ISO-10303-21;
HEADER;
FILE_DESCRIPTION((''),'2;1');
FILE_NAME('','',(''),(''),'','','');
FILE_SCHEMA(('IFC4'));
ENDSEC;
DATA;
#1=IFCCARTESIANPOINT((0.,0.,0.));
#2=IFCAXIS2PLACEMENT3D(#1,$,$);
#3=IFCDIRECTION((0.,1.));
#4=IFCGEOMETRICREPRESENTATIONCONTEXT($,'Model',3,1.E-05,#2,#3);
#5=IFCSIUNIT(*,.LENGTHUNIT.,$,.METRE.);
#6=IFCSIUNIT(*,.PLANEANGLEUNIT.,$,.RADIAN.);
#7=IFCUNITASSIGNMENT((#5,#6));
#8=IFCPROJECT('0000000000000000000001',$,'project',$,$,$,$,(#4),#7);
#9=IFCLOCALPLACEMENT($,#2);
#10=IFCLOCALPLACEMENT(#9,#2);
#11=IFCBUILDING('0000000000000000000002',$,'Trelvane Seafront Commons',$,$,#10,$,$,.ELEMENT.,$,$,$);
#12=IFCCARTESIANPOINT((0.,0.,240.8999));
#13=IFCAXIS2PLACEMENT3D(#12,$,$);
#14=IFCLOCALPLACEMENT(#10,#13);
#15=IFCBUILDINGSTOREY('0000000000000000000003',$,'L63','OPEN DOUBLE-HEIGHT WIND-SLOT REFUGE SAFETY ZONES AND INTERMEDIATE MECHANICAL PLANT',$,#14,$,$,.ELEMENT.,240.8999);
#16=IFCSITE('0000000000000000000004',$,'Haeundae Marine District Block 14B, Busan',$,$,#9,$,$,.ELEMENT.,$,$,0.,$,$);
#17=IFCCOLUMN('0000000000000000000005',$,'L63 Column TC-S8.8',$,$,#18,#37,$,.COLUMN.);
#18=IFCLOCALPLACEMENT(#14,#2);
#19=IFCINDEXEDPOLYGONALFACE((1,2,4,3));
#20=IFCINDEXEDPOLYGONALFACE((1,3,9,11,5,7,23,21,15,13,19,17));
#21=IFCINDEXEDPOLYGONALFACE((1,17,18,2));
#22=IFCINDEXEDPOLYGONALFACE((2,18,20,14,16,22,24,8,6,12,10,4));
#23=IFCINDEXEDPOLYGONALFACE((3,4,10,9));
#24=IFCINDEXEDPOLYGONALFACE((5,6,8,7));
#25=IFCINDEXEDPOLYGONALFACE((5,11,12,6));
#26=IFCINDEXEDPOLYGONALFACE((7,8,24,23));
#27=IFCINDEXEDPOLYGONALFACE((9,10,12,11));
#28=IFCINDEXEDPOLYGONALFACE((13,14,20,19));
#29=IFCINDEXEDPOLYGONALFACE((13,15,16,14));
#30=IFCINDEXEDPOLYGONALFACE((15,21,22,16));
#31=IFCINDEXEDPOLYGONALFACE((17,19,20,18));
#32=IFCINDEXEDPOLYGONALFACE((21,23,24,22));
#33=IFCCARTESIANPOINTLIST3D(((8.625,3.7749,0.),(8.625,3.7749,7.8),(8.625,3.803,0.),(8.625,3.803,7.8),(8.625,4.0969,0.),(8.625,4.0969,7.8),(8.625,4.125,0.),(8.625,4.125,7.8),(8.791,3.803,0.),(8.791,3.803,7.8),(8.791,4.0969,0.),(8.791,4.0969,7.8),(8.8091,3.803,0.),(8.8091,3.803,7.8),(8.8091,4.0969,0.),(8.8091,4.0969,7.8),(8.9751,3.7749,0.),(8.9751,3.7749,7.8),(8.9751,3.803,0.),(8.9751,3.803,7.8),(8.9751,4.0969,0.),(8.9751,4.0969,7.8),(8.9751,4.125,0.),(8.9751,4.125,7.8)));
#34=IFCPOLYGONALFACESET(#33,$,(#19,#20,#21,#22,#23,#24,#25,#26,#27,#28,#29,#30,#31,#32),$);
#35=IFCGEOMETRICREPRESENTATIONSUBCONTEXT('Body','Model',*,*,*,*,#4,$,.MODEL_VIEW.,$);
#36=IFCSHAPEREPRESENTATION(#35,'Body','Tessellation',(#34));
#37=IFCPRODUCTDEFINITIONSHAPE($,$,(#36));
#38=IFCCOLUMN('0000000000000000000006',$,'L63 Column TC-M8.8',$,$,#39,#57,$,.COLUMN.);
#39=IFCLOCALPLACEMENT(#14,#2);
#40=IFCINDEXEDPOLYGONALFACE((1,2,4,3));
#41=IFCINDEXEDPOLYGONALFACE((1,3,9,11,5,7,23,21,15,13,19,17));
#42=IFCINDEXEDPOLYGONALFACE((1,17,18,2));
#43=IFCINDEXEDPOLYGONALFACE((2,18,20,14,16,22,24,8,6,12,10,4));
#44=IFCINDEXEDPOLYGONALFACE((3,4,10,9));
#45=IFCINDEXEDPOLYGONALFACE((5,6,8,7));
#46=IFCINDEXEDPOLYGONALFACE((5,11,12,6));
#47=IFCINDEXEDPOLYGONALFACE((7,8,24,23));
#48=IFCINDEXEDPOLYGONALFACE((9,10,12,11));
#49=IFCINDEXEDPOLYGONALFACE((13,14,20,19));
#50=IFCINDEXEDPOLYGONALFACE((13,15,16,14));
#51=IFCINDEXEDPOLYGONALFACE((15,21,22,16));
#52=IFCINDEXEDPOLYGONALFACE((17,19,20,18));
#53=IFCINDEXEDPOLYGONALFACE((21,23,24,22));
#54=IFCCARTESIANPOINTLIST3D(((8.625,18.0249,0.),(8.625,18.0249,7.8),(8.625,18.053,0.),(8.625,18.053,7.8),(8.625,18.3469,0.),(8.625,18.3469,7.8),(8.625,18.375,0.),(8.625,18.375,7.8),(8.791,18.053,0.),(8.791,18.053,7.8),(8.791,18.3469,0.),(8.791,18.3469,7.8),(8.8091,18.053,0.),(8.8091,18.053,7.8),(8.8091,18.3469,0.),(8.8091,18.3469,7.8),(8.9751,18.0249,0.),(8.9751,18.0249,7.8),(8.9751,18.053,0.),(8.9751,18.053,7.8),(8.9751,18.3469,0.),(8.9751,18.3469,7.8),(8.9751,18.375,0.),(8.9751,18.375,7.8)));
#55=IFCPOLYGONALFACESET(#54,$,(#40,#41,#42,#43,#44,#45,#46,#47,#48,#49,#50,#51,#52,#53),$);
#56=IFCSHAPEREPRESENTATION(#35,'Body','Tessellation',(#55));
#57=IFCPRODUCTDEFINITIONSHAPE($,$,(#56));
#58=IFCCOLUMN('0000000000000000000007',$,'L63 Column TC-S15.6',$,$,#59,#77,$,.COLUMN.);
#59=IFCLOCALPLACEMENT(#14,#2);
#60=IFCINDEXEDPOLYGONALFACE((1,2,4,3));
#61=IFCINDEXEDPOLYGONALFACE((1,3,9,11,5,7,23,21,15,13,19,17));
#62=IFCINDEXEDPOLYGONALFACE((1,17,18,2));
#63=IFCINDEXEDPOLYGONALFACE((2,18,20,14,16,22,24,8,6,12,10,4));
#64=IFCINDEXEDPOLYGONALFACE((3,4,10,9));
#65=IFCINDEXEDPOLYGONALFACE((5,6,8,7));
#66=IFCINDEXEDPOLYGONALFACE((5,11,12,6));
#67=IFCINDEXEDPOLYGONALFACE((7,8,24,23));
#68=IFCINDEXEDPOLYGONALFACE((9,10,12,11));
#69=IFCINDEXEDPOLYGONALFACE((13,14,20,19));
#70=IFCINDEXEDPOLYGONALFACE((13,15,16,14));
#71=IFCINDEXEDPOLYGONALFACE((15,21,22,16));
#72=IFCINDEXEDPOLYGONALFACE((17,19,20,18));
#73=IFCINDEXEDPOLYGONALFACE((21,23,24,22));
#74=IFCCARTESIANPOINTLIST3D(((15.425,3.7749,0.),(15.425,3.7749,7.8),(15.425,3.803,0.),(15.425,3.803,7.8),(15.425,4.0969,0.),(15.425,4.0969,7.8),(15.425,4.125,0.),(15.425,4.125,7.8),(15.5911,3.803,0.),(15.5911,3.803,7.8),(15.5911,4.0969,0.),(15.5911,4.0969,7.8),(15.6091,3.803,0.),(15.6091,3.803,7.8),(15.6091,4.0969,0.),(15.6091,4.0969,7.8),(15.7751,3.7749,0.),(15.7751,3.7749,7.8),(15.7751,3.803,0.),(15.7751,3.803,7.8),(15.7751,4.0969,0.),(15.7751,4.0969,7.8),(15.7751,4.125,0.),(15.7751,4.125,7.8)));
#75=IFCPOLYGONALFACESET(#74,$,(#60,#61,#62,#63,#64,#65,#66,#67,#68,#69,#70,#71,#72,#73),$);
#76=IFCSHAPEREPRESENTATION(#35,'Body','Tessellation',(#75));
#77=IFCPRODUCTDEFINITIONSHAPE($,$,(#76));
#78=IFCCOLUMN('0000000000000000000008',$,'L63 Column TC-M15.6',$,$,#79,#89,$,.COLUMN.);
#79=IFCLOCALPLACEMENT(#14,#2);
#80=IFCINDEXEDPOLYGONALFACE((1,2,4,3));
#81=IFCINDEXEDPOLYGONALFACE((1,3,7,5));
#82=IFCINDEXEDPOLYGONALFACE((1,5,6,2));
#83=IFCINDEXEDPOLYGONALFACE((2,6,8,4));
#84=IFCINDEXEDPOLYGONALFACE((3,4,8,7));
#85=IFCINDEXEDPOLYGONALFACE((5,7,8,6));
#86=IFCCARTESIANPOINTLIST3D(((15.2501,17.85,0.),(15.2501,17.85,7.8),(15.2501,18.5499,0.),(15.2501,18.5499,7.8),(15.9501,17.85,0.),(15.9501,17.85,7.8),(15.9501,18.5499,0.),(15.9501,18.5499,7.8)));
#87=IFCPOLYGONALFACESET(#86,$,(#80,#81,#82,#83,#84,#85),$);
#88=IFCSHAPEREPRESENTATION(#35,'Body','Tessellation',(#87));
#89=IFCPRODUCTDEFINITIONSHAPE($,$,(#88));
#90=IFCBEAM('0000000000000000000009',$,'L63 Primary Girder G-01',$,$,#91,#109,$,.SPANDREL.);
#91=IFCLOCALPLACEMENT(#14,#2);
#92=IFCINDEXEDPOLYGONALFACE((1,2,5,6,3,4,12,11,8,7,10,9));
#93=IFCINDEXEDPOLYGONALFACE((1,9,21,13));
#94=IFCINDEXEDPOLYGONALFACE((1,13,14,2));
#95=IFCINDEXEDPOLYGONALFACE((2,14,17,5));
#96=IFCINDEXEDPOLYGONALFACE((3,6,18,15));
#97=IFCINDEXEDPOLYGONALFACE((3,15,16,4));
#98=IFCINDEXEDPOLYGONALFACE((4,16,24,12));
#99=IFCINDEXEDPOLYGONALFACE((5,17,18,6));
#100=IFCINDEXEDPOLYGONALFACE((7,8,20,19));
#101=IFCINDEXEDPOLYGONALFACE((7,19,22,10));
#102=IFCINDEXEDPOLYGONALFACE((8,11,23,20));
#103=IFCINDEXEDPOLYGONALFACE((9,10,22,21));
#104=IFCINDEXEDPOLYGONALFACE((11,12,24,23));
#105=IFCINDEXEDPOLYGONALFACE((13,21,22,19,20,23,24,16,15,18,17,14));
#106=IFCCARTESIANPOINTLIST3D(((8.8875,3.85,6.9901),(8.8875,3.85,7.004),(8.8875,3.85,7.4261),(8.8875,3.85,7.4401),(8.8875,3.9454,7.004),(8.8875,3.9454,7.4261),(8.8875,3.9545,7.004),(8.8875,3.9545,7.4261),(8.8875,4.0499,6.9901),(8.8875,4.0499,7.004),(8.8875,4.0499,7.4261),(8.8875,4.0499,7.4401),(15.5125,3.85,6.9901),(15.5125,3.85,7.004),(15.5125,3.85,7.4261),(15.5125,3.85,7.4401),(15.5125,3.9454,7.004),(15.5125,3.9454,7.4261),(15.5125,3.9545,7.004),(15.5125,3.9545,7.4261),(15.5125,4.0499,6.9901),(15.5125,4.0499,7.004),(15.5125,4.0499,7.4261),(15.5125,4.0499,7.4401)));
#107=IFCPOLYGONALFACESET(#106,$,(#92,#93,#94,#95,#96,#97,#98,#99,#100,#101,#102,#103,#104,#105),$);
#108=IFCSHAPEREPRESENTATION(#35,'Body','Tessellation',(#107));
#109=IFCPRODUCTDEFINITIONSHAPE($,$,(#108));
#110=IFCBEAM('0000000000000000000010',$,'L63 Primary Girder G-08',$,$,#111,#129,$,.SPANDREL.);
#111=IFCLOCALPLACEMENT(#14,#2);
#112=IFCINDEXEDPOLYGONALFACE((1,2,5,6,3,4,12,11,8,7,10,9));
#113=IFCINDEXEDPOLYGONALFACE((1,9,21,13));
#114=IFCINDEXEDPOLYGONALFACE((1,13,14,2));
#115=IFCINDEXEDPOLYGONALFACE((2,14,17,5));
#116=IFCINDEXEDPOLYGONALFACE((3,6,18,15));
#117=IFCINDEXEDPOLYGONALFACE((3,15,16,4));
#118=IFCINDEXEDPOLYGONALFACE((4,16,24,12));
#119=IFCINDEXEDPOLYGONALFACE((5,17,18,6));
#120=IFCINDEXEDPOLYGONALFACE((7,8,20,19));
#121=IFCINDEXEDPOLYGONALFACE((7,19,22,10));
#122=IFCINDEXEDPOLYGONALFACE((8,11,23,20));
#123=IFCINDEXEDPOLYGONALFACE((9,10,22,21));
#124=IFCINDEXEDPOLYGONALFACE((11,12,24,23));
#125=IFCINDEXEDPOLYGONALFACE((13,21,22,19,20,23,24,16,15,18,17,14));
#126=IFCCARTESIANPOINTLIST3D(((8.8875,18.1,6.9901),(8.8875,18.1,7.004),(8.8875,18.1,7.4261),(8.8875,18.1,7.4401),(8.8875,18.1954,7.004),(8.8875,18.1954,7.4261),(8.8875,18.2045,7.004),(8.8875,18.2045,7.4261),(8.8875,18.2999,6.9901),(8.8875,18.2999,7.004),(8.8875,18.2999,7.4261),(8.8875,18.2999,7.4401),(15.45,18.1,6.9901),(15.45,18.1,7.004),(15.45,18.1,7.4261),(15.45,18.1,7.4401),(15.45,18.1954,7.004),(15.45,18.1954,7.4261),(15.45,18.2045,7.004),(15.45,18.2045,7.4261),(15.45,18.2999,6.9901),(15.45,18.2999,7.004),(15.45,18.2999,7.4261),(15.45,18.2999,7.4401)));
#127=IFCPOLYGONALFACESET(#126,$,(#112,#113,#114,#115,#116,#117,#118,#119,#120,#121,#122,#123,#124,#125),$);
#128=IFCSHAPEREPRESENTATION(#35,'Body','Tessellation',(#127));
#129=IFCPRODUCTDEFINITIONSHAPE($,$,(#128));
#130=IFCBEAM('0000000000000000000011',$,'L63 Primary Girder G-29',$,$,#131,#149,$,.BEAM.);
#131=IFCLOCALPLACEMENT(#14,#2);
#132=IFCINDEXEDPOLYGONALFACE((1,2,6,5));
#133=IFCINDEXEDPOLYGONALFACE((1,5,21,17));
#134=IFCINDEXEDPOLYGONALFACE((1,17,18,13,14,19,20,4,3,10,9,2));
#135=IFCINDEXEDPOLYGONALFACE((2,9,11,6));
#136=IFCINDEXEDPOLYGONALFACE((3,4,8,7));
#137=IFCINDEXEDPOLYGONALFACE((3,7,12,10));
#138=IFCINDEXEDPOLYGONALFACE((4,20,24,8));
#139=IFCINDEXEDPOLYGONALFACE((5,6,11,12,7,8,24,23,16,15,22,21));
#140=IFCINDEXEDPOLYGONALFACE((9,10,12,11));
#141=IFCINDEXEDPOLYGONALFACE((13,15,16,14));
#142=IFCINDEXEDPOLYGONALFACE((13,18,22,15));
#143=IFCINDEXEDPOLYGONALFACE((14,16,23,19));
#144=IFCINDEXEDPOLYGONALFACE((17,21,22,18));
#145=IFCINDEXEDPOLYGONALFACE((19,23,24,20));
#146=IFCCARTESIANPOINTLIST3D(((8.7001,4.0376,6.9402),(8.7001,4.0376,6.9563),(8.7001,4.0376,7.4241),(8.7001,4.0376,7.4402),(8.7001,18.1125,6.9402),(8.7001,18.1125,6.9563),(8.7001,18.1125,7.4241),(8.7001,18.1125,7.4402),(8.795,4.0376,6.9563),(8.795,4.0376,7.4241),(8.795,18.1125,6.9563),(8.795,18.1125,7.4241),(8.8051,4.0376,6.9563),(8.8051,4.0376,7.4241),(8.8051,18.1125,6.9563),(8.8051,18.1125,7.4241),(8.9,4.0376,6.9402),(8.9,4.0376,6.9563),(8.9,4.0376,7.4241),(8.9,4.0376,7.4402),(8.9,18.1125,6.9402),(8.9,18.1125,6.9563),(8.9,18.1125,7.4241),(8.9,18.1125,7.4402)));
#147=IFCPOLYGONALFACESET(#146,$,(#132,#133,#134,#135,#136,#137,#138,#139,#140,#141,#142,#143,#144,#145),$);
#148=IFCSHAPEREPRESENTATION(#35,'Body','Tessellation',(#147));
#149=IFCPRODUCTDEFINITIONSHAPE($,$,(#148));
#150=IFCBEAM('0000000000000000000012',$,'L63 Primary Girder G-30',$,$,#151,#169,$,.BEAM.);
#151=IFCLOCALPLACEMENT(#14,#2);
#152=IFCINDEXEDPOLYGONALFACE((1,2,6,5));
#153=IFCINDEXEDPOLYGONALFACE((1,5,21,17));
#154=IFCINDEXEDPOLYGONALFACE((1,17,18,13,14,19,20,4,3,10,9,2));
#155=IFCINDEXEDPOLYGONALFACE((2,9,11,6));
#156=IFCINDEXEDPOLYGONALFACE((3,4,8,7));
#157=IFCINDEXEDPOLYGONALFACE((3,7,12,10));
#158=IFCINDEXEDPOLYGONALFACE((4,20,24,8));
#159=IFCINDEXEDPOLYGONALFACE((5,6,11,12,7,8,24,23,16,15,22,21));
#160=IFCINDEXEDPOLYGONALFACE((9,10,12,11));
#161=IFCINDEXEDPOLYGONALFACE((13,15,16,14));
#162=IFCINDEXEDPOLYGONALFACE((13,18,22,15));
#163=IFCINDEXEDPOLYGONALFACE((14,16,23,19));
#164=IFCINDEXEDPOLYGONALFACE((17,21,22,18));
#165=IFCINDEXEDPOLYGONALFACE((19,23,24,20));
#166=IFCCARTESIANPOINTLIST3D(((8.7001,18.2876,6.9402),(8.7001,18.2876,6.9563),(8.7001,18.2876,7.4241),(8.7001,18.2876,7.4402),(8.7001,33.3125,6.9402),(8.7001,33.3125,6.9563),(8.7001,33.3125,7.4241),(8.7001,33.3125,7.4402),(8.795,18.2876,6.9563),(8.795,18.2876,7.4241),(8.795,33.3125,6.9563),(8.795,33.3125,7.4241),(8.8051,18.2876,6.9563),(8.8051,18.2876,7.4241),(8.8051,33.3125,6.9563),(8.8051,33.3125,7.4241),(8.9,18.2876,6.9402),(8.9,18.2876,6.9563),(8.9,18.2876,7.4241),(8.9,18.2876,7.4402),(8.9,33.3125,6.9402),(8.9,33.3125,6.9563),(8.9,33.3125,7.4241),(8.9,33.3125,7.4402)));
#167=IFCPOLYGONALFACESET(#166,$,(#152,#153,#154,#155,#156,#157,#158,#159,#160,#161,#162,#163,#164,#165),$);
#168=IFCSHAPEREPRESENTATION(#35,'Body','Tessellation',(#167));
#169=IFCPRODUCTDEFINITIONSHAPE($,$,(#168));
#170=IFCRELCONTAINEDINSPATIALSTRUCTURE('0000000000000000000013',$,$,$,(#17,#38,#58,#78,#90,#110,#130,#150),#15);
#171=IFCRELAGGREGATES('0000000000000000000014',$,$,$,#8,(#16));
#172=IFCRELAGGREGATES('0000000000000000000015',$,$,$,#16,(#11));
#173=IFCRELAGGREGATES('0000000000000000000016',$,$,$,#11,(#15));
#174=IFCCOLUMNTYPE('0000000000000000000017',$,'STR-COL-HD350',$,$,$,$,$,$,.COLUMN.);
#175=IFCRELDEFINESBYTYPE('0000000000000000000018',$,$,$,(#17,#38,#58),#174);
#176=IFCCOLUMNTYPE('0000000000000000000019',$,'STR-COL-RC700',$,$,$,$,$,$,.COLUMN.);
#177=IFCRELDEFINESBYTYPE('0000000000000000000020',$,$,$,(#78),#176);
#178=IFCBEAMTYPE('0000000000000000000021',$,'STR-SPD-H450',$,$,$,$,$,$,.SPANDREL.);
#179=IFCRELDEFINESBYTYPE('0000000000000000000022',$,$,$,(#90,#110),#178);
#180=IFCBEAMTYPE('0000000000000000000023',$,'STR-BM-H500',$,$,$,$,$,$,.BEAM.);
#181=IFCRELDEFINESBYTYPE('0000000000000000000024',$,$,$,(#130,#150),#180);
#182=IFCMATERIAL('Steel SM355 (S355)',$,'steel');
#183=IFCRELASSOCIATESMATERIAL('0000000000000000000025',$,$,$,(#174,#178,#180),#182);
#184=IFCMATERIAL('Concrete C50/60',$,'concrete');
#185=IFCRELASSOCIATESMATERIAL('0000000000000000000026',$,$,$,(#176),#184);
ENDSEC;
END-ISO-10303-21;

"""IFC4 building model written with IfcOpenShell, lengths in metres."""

from ifc_helpers import new_model, si_unit, direction, frame, origin, origin_2d, place, context, subcontext, project, spatial, rectangle, i_section, extrude, source, transform, mapped, material, material_profile, profile_set, type_object, element, save


model = new_model("IFC4")

# Units and contexts
model_context = context("Model", 3, precision=1e-05, world=origin(), true_north=direction((0.0, 1.0)))
body_context = subcontext(model_context, "Body", "Model", "MODEL_VIEW")
ifc_project = project(units=[si_unit("LENGTHUNIT", "METRE"), si_unit("PLANEANGLEUNIT", "RADIAN")], contexts=[model_context])

# Site, building, storey
site_placement = place(None, origin())
site = spatial("IfcSite", under=ifc_project, at=site_placement, Name="Haeundae Marine District Block 14B, Busan", CompositionType="ELEMENT", RefElevation=0.0)
building_placement = place(site_placement, origin())
building = spatial("IfcBuilding", under=site, at=building_placement, Name="Trelvane Seafront Commons", CompositionType="ELEMENT")
storey_placement = place(building_placement, frame((0.0, 0.0, 240.8999)))
storey = spatial("IfcBuildingStorey", under=building, at=storey_placement, Name="L63", Description="OPEN DOUBLE-HEIGHT WIND-SLOT REFUGE SAFETY ZONES AND INTERMEDIATE MECHANICAL PLANT", CompositionType="ELEMENT", Elevation=240.8999)

# Columns
ifc_material_1 = material(Name="Steel SM355 (S355)", Category="steel")
ifc_material_profile_1 = material_profile(ifc_material_1, i_section(OverallWidth=0.3501, OverallDepth=0.3501, WebThickness=0.0181, FlangeThickness=0.0281, at=origin_2d()), Name="HD-350x350x18x28")
ifc_profile_set_1 = profile_set([ifc_material_profile_1], Name="Steel SM355 (S355)")
column_type_1 = type_object("IfcColumnType", Name="STR-COL-HD350", PredefinedType="COLUMN", material=ifc_profile_set_1)
shared_shape_1 = source(origin(), body_context, "Body", "SweptSolid", [
    extrude(i_section(OverallWidth=0.3501, OverallDepth=0.3501, WebThickness=0.0181, FlangeThickness=0.0281, at=origin_2d()), origin(), (0.0, 0.0, 1.0), 7.8),
])
for number, where, z_axis, x_axis, name in (
    (1, (8.8, 3.95, 0.0), (0.0, 0.0, 1.0), (1.0, 0.0, 0.0), "L63 Column TC-S8.8"),
    (2, (8.8, 18.2, 0.0), (0.0, 0.0, 1.0), (1.0, 0.0, 0.0), "L63 Column TC-M8.8"),
    (3, (15.6001, 3.95, 0.0), (0.0, 0.0, 1.0), (1.0, 0.0, 0.0), "L63 Column TC-S15.6"),
):
    element("IfcColumn", number, at=place(storey_placement, frame(where, z_axis=z_axis, x_axis=x_axis)), inside=storey, type_object=column_type_1, Name=name, PredefinedType="COLUMN", context=body_context, shape_type="MappedRepresentation", body=[
        mapped(shared_shape_1, transform((0.0, 0.0, 0.0), x_axis=(1.0, 0.0, 0.0), y_axis=(0.0, 1.0, 0.0), z_axis=(0.0, 0.0, 1.0), scale=1.0)),
    ])
ifc_material_2 = material(Name="Concrete C50/60", Category="concrete")
ifc_material_profile_2 = material_profile(ifc_material_2, rectangle(XDim=0.7, YDim=0.7, at=origin_2d()), Name="RC-700x700")
ifc_profile_set_2 = profile_set([ifc_material_profile_2], Name="Concrete C50/60")
column_type_2 = type_object("IfcColumnType", Name="STR-COL-RC700", PredefinedType="COLUMN", material=ifc_profile_set_2)
shared_shape_2 = source(origin(), body_context, "Body", "SweptSolid", [
    extrude(rectangle(XDim=0.7, YDim=0.7, at=origin_2d()), origin(), (0.0, 0.0, 1.0), 7.8),
])
column_placement = place(storey_placement, frame((15.6001, 18.2, 0.0), z_axis=(0.0, 0.0, 1.0), x_axis=(1.0, 0.0, 0.0)))
element("IfcColumn", 4, at=column_placement, inside=storey, type_object=column_type_2, Name="L63 Column TC-M15.6", PredefinedType="COLUMN", context=body_context, shape_type="MappedRepresentation", body=[
    mapped(shared_shape_2, transform((0.0, 0.0, 0.0), x_axis=(1.0, 0.0, 0.0), y_axis=(0.0, 1.0, 0.0), z_axis=(0.0, 0.0, 1.0), scale=1.0)),
])

# Beams
ifc_material_profile_3 = material_profile(ifc_material_1, i_section(OverallWidth=0.2, OverallDepth=0.45, WebThickness=0.009, FlangeThickness=0.0139, at=origin_2d()), Name="H-450x200x9x14")
ifc_profile_set_3 = profile_set([ifc_material_profile_3], Name="Steel SM355 (S355)")
beam_type_1 = type_object("IfcBeamType", Name="STR-SPD-H450", PredefinedType="SPANDREL", material=ifc_profile_set_3)
shared_shape_3 = source(origin(), body_context, "Body", "SweptSolid", [
    extrude(i_section(OverallWidth=0.2, OverallDepth=0.45, WebThickness=0.009, FlangeThickness=0.0139, at=origin_2d()), origin(), (0.0, 0.0, 1.0), 6.625),
])
beam_1_placement = place(storey_placement, frame((8.8875, 3.95, 7.2151), z_axis=(1.0, 0.0, 0.0), x_axis=(0.0, 1.0, 0.0)))
element("IfcBeam", 5, at=beam_1_placement, inside=storey, type_object=beam_type_1, Name="L63 Primary Girder G-01", PredefinedType="SPANDREL", context=body_context, shape_type="MappedRepresentation", body=[
    mapped(shared_shape_3, transform((0.0, 0.0, 0.0), x_axis=(1.0, 0.0, 0.0), y_axis=(0.0, 1.0, 0.0), z_axis=(0.0, 0.0, 1.0), scale=1.0)),
])
shared_shape_4 = source(origin(), body_context, "Body", "SweptSolid", [
    extrude(i_section(OverallWidth=0.2, OverallDepth=0.45, WebThickness=0.009, FlangeThickness=0.0139, at=origin_2d()), origin(), (0.0, 0.0, 1.0), 6.5625),
])
beam_2_placement = place(storey_placement, frame((8.8875, 18.2, 7.2151), z_axis=(1.0, 0.0, 0.0), x_axis=(0.0, 1.0, 0.0)))
element("IfcBeam", 6, at=beam_2_placement, inside=storey, type_object=beam_type_1, Name="L63 Primary Girder G-08", PredefinedType="SPANDREL", context=body_context, shape_type="MappedRepresentation", body=[
    mapped(shared_shape_4, transform((0.0, 0.0, 0.0), x_axis=(1.0, 0.0, 0.0), y_axis=(0.0, 1.0, 0.0), z_axis=(0.0, 0.0, 1.0), scale=1.0)),
])
ifc_material_profile_4 = material_profile(ifc_material_1, i_section(OverallWidth=0.2, OverallDepth=0.5, WebThickness=0.01, FlangeThickness=0.0161, at=origin_2d()), Name="H-500x200x10x16")
ifc_profile_set_4 = profile_set([ifc_material_profile_4], Name="Steel SM355 (S355)")
beam_type_2 = type_object("IfcBeamType", Name="STR-BM-H500", PredefinedType="BEAM", material=ifc_profile_set_4)
shared_shape_5 = source(origin(), body_context, "Body", "SweptSolid", [
    extrude(i_section(OverallWidth=0.2, OverallDepth=0.5, WebThickness=0.01, FlangeThickness=0.0161, at=origin_2d()), origin(), (0.0, 0.0, 1.0), 14.075),
])
beam_3_placement = place(storey_placement, frame((8.8, 4.0376, 7.1902), z_axis=(0.0, 1.0, 0.0), x_axis=(-1.0, 0.0, 0.0)))
element("IfcBeam", 7, at=beam_3_placement, inside=storey, type_object=beam_type_2, Name="L63 Primary Girder G-29", PredefinedType="BEAM", context=body_context, shape_type="MappedRepresentation", body=[
    mapped(shared_shape_5, transform((0.0, 0.0, 0.0), x_axis=(1.0, 0.0, 0.0), y_axis=(0.0, 1.0, 0.0), z_axis=(0.0, 0.0, 1.0), scale=1.0)),
])
shared_shape_6 = source(origin(), body_context, "Body", "SweptSolid", [
    extrude(i_section(OverallWidth=0.2, OverallDepth=0.5, WebThickness=0.01, FlangeThickness=0.0161, at=origin_2d()), origin(), (0.0, 0.0, 1.0), 15.0249),
])
beam_4_placement = place(storey_placement, frame((8.8, 18.2876, 7.1902), z_axis=(0.0, 1.0, 0.0), x_axis=(-1.0, 0.0, 0.0)))
element("IfcBeam", 8, at=beam_4_placement, inside=storey, type_object=beam_type_2, Name="L63 Primary Girder G-30", PredefinedType="BEAM", context=body_context, shape_type="MappedRepresentation", body=[
    mapped(shared_shape_6, transform((0.0, 0.0, 0.0), x_axis=(1.0, 0.0, 0.0), y_axis=(0.0, 1.0, 0.0), z_axis=(0.0, 0.0, 1.0), scale=1.0)),
])

save(model, "model.ifc")
